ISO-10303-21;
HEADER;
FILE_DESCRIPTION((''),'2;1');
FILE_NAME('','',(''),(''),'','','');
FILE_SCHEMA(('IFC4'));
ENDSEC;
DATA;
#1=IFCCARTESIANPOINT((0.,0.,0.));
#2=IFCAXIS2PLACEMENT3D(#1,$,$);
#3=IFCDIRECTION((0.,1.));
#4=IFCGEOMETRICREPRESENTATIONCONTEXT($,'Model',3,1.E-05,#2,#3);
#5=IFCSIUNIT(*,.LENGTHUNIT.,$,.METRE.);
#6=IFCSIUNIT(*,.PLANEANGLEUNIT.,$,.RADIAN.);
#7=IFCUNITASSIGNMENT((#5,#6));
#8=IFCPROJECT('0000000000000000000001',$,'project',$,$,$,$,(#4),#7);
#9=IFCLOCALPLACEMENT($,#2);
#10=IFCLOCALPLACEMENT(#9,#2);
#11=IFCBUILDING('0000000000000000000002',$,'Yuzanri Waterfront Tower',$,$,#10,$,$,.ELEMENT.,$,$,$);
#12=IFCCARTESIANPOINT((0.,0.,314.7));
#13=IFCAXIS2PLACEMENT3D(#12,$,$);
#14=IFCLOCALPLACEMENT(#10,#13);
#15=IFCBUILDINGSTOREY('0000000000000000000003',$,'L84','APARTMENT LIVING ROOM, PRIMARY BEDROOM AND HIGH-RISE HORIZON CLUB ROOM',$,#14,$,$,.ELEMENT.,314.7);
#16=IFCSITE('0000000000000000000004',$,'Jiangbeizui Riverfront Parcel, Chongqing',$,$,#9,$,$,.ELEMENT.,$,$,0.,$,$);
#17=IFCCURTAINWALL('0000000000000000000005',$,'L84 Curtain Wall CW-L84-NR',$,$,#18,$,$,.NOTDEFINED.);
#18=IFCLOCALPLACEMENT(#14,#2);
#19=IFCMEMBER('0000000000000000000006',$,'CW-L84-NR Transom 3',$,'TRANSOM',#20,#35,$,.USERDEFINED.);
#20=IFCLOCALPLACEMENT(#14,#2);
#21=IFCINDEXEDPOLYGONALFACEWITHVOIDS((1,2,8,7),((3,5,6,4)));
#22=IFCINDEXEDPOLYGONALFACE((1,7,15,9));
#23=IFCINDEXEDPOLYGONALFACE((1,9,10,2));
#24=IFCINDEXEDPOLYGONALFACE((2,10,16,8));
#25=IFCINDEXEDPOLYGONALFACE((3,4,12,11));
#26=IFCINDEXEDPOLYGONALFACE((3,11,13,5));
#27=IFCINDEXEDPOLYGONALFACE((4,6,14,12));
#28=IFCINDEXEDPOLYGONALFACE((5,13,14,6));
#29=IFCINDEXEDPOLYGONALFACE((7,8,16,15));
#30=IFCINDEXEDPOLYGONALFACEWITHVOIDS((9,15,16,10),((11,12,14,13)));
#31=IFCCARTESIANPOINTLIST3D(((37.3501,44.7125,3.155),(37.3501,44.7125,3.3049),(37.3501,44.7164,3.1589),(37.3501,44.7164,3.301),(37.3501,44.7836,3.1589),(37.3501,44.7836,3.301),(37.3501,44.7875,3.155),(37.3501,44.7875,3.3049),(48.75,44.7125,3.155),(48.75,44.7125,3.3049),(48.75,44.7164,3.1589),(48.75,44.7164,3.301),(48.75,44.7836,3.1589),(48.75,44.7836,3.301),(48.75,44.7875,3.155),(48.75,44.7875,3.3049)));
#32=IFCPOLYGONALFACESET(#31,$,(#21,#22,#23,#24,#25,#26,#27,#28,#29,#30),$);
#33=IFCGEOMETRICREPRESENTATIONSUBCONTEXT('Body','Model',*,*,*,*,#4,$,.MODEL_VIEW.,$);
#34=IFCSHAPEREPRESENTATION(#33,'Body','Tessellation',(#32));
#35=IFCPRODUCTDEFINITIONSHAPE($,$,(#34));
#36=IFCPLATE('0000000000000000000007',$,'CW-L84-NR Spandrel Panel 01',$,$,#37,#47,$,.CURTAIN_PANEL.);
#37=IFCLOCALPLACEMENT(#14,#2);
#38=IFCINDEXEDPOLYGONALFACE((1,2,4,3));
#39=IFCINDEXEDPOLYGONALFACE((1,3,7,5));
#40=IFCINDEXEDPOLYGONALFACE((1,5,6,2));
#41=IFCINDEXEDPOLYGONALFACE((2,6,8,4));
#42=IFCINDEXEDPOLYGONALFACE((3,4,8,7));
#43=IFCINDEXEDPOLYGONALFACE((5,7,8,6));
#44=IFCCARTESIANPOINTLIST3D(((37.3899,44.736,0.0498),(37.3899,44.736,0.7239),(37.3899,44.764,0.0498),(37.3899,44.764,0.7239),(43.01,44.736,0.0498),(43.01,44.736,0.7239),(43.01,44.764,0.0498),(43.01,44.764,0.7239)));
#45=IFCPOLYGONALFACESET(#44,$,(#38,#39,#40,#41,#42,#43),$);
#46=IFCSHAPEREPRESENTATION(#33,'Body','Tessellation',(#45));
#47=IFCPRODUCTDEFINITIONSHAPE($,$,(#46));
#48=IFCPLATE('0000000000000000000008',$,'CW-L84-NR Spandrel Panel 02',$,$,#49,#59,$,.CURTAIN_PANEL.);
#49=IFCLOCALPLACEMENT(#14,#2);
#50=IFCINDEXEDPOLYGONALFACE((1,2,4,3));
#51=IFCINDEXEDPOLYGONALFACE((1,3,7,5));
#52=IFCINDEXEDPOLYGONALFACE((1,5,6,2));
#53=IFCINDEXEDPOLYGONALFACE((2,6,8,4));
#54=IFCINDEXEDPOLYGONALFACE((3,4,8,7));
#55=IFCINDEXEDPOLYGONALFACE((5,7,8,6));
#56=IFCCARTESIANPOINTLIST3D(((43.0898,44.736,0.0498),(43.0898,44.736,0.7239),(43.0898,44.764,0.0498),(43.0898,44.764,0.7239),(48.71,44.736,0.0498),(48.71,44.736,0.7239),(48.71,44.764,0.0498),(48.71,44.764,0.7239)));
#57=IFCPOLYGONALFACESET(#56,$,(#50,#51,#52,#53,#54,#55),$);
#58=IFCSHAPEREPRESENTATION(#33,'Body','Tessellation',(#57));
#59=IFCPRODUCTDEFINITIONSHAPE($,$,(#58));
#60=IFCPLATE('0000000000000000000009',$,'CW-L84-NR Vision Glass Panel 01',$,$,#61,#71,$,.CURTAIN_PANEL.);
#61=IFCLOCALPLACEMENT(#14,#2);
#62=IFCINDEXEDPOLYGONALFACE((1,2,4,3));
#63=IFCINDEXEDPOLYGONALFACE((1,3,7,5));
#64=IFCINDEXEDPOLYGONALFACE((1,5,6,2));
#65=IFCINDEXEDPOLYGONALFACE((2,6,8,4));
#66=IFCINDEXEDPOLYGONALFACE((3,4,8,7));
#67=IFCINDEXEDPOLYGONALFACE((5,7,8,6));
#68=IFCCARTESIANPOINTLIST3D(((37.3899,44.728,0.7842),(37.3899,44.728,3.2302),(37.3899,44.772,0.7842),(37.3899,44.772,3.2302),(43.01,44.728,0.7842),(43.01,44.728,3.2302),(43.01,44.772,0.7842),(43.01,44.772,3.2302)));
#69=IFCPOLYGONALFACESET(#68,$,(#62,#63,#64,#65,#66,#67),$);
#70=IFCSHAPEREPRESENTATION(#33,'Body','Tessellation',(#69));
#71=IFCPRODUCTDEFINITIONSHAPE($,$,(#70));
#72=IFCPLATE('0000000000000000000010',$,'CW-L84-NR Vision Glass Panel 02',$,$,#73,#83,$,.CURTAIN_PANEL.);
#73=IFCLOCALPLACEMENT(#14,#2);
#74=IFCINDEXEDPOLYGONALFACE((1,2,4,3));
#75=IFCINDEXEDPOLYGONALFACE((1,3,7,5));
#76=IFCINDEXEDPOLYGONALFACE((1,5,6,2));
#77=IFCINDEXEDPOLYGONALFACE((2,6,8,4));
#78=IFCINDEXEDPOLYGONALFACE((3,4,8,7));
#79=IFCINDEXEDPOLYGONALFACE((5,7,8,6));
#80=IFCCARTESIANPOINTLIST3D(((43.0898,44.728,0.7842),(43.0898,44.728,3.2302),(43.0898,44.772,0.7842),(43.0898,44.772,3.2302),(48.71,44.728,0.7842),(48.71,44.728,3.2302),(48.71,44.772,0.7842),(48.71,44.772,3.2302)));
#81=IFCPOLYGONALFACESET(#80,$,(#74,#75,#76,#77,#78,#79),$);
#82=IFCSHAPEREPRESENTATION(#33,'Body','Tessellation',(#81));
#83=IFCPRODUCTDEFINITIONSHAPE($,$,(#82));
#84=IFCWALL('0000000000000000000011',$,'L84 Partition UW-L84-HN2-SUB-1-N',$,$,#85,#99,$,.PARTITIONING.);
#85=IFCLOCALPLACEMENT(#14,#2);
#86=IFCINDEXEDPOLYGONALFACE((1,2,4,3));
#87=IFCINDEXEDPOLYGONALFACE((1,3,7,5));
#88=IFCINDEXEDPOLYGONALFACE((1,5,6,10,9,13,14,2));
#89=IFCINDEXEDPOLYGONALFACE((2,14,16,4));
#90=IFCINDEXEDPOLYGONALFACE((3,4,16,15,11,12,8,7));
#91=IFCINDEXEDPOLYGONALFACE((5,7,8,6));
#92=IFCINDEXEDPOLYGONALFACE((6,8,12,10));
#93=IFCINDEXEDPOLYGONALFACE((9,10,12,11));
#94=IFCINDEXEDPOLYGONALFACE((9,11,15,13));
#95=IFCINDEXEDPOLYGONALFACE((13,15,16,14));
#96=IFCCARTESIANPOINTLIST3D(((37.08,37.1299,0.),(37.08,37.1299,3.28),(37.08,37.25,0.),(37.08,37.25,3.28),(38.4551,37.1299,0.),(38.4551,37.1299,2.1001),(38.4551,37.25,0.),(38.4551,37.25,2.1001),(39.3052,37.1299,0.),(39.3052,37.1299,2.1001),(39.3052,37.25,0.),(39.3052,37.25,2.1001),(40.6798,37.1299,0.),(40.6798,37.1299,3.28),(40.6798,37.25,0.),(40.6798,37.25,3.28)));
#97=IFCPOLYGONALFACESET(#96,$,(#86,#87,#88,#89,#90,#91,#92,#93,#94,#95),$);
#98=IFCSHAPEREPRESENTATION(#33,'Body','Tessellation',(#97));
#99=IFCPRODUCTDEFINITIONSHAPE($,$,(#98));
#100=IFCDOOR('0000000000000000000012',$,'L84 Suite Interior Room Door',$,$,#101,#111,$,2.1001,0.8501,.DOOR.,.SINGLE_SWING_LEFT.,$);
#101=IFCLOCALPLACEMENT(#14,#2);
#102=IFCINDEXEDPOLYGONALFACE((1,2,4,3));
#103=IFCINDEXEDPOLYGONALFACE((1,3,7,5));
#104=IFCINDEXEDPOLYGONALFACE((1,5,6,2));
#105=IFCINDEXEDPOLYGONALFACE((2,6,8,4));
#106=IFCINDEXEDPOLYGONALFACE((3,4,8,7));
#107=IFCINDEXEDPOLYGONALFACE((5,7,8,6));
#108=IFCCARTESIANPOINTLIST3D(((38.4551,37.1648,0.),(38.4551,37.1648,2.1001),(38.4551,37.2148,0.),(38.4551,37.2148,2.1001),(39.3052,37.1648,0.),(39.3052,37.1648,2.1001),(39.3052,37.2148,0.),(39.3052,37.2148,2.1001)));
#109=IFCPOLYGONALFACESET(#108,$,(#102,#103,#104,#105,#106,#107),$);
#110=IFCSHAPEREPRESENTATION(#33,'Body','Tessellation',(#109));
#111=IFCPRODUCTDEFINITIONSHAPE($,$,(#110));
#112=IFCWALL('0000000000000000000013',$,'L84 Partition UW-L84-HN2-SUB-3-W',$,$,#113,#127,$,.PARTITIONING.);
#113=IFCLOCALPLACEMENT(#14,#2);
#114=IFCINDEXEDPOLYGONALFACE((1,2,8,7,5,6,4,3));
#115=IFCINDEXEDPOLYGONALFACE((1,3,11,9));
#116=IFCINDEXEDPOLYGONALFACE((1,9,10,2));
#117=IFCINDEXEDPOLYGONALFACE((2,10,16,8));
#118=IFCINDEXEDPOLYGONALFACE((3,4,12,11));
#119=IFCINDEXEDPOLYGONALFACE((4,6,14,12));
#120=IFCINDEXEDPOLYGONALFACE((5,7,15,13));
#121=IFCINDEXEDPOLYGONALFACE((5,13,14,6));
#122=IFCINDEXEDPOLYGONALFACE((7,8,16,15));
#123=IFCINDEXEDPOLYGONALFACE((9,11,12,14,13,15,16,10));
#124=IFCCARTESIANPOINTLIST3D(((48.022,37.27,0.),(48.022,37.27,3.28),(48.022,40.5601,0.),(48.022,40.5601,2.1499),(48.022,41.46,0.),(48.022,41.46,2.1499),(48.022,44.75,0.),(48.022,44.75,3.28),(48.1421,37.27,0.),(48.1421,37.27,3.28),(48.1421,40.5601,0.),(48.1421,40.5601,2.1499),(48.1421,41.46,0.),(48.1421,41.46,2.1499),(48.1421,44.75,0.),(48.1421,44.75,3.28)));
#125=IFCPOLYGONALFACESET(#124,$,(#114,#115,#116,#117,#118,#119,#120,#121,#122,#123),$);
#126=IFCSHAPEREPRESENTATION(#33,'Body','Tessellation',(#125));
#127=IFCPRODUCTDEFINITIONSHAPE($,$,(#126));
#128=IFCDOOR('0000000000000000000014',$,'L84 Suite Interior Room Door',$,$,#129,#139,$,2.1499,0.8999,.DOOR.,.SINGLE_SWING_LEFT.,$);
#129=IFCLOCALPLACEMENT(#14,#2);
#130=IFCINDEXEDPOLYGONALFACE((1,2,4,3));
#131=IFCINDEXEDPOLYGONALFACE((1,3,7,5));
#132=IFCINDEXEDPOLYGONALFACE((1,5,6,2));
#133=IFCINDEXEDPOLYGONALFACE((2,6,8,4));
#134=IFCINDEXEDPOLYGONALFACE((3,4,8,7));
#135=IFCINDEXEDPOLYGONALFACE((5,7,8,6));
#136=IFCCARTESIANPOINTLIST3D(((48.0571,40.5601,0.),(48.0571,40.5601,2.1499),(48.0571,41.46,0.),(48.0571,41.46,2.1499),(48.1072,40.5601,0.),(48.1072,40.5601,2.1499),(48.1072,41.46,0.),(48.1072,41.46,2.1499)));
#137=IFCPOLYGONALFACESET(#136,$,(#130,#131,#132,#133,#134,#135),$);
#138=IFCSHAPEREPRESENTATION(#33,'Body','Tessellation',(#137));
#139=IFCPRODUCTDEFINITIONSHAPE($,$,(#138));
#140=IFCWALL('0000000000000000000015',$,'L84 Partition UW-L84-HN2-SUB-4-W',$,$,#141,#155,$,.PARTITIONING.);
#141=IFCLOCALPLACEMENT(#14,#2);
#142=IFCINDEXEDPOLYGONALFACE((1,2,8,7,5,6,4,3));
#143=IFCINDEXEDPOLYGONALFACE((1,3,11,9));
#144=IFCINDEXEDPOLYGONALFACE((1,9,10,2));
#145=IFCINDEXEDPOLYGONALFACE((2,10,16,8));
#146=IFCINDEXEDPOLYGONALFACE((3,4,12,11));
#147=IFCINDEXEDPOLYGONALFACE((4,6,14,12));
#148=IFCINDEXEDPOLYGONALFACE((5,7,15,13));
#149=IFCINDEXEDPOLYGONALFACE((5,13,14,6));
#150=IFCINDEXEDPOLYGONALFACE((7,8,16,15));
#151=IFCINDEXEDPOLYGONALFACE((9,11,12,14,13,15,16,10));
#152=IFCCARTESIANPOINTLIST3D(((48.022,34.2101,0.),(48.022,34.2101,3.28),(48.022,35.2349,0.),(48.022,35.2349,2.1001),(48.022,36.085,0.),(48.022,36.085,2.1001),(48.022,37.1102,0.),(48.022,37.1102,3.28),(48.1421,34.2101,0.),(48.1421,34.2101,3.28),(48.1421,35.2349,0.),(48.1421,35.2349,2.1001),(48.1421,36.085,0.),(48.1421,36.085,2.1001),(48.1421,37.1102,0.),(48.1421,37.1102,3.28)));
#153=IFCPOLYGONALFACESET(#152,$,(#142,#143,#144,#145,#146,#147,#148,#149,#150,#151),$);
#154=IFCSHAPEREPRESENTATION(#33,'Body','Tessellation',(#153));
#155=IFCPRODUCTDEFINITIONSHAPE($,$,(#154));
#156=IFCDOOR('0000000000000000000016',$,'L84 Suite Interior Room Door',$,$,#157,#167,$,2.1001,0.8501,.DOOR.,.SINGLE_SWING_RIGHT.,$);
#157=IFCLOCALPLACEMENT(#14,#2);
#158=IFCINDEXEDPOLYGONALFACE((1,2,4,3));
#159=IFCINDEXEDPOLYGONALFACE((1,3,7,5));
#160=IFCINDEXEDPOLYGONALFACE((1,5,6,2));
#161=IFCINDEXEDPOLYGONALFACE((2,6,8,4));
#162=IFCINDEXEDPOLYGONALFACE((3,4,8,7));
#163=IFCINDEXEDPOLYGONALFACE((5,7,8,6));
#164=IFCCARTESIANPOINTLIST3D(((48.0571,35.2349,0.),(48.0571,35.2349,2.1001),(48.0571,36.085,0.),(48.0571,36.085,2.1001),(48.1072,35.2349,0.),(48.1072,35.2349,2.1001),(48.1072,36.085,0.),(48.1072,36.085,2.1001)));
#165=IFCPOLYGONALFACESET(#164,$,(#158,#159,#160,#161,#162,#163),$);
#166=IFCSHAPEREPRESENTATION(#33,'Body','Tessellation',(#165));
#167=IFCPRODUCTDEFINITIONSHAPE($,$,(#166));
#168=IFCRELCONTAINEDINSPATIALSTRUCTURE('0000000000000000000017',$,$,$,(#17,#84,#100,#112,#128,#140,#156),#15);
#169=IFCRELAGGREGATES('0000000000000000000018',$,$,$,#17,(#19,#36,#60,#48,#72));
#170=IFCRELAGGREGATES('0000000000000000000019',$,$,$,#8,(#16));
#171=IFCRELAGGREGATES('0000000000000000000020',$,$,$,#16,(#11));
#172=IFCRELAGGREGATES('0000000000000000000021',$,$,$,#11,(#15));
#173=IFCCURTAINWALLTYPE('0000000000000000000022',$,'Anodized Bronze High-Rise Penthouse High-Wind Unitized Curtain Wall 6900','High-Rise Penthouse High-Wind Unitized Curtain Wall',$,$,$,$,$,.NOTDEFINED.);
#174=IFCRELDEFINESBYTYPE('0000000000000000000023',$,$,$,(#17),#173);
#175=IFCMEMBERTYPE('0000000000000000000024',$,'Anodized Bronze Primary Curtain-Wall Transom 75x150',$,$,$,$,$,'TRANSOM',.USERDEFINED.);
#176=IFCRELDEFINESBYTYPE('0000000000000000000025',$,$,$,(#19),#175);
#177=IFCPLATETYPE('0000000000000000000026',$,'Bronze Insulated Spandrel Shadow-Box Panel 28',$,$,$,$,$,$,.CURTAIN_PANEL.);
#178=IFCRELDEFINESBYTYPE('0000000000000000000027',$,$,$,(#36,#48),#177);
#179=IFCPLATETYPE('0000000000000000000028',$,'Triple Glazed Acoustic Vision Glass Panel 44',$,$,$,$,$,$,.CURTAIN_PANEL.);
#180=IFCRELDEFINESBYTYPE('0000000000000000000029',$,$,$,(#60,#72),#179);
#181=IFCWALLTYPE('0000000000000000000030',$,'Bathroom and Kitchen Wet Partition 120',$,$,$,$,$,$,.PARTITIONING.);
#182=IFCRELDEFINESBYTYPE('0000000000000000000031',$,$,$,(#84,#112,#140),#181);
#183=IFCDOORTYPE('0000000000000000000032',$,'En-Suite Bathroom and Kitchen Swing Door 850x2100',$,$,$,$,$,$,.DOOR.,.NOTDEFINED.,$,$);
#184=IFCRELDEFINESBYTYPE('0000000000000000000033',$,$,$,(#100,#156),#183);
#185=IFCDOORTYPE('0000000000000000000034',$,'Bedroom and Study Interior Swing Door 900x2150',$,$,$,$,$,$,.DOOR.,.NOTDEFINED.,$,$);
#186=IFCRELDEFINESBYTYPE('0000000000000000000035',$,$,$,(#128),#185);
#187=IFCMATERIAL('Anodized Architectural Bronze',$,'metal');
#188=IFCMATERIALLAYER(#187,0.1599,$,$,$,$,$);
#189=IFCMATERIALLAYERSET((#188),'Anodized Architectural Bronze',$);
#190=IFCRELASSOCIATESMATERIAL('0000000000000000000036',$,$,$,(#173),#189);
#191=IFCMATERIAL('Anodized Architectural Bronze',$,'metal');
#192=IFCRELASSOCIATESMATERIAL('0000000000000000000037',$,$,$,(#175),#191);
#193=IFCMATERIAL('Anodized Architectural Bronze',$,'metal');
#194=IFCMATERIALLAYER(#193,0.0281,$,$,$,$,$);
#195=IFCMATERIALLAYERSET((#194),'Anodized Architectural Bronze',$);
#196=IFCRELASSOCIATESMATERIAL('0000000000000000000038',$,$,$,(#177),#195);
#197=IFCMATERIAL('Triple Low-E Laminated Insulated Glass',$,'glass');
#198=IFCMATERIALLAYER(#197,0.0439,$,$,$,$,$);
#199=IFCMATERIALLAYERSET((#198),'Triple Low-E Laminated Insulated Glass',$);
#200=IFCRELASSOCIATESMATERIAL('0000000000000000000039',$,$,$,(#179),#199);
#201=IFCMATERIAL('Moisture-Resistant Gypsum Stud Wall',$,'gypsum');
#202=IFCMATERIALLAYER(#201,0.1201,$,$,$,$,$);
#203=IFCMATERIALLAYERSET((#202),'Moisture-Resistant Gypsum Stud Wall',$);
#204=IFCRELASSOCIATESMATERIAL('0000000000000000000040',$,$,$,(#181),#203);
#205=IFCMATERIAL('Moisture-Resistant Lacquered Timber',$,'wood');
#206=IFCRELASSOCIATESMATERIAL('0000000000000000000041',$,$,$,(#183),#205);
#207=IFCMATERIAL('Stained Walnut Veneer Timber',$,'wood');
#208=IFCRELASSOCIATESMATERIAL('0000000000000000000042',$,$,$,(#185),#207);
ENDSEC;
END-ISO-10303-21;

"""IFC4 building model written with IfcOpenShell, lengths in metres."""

from ifc_helpers import new_model, si_unit, direction, frame, frame_2d, origin, origin_2d, place, context, subcontext, project, spatial, rectangle, hollow_rectangle, extrude, source, transform, mapped, material, layer, layer_set, material_profile, profile_set, type_object, element, fill, aggregate, save


model = new_model("IFC4")

# Units and contexts
model_context = context("Model", 3, precision=1e-05, world=origin(), true_north=direction((0.0, 1.0)))
body_context = subcontext(model_context, "Body", "Model", "MODEL_VIEW")
ifc_project = project(units=[si_unit("LENGTHUNIT", "METRE"), si_unit("PLANEANGLEUNIT", "RADIAN")], contexts=[model_context])

# Site, building, storey
site_placement = place(None, origin())
site = spatial("IfcSite", under=ifc_project, at=site_placement, Name="Jiangbeizui Riverfront Parcel, Chongqing", CompositionType="ELEMENT", RefElevation=0.0)
building_placement = place(site_placement, origin())
building = spatial("IfcBuilding", under=site, at=building_placement, Name="Yuzanri Waterfront Tower", CompositionType="ELEMENT")
storey_placement = place(building_placement, frame((0.0, 0.0, 314.7)))
storey = spatial("IfcBuildingStorey", under=building, at=storey_placement, Name="L84", Description="APARTMENT LIVING ROOM, PRIMARY BEDROOM AND HIGH-RISE HORIZON CLUB ROOM", CompositionType="ELEMENT", Elevation=314.7)

# Curtain wall, member, plates
ifc_material_1 = material(Name="Anodized Architectural Bronze", Category="metal")
ifc_layer_1 = layer(ifc_material_1, 0.1599)
ifc_layer_set_1 = layer_set([ifc_layer_1], Name="Anodized Architectural Bronze")
curtain_wall_type = type_object("IfcCurtainWallType", Name="Anodized Bronze High-Rise Penthouse High-Wind Unitized Curtain Wall 6900", Description="High-Rise Penthouse High-Wind Unitized Curtain Wall", PredefinedType="NOTDEFINED", material=ifc_layer_set_1)
curtain_wall_placement = place(storey_placement, origin())
curtain_wall = element("IfcCurtainWall", 1, at=curtain_wall_placement, inside=storey, type_object=curtain_wall_type, Name="L84 Curtain Wall CW-L84-NR", PredefinedType="NOTDEFINED")
ifc_material_2 = material(Name="Anodized Architectural Bronze", Category="metal")
ifc_material_profile_1 = material_profile(ifc_material_2, hollow_rectangle(XDim=0.075, YDim=0.1499, WallThickness=0.0039, at=origin_2d()), Name="CWT 75x150")
ifc_profile_set_1 = profile_set([ifc_material_profile_1], Name="Anodized Architectural Bronze")
member_type_1 = type_object("IfcMemberType", Name="Anodized Bronze Primary Curtain-Wall Transom 75x150", ElementType="TRANSOM", PredefinedType="USERDEFINED", material=ifc_profile_set_1)
shared_shape_1 = source(origin(), body_context, "Body", "SweptSolid", [
    extrude(hollow_rectangle(XDim=0.075, YDim=0.1499, WallThickness=0.0039, at=origin_2d()), origin(), (0.0, 0.0, 1.0), 11.3999),
])
member_1_placement = place(storey_placement, frame((37.3501, 44.75, 3.23), z_axis=(1.0, 0.0, 0.0), x_axis=(0.0, 1.0, 0.0)))
member_1 = element("IfcMember", 2, at=member_1_placement, type_object=member_type_1, Name="CW-L84-NR Transom 3", ObjectType="TRANSOM", PredefinedType="USERDEFINED", context=body_context, shape_type="MappedRepresentation", body=[
    mapped(shared_shape_1, transform((0.0, 0.0, 0.0), scale=1.0)),
])
ifc_material_3 = material(Name="Anodized Architectural Bronze", Category="metal")
ifc_layer_2 = layer(ifc_material_3, 0.0281)
ifc_layer_set_2 = layer_set([ifc_layer_2], Name="Anodized Architectural Bronze")
plate_type_1 = type_object("IfcPlateType", Name="Bronze Insulated Spandrel Shadow-Box Panel 28", PredefinedType="CURTAIN_PANEL", material=ifc_layer_set_2)
shared_shape_2 = source(origin(), body_context, "Body", "SweptSolid", [
    extrude(rectangle(XDim=5.6201, YDim=0.0281, at=origin_2d()), origin(), (0.0, 0.0, 1.0), 0.6741),
])
plate_1_placement = place(storey_placement, frame((40.2, 44.75, 0.0498), z_axis=(0.0, 0.0, 1.0), x_axis=(1.0, 0.0, 0.0)))
plate_1 = element("IfcPlate", 3, at=plate_1_placement, type_object=plate_type_1, Name="CW-L84-NR Spandrel Panel 01", PredefinedType="CURTAIN_PANEL", context=body_context, shape_type="MappedRepresentation", body=[
    mapped(shared_shape_2, transform((0.0, 0.0, 0.0), scale=1.0)),
])
plate_2_placement = place(storey_placement, frame((45.8999, 44.75, 0.0498), z_axis=(0.0, 0.0, 1.0), x_axis=(1.0, 0.0, 0.0)))
plate_2 = element("IfcPlate", 4, at=plate_2_placement, type_object=plate_type_1, Name="CW-L84-NR Spandrel Panel 02", PredefinedType="CURTAIN_PANEL", context=body_context, shape_type="MappedRepresentation", body=[
    mapped(shared_shape_2, transform((0.0, 0.0, 0.0), scale=1.0)),
])
ifc_material_4 = material(Name="Triple Low-E Laminated Insulated Glass", Category="glass")
ifc_layer_3 = layer(ifc_material_4, 0.0439)
ifc_layer_set_3 = layer_set([ifc_layer_3], Name="Triple Low-E Laminated Insulated Glass")
plate_type_2 = type_object("IfcPlateType", Name="Triple Glazed Acoustic Vision Glass Panel 44", PredefinedType="CURTAIN_PANEL", material=ifc_layer_set_3)
shared_shape_3 = source(origin(), body_context, "Body", "SweptSolid", [
    extrude(rectangle(XDim=5.6201, YDim=0.0439, at=origin_2d()), origin(), (0.0, 0.0, 1.0), 2.446),
])
plate_3_placement = place(storey_placement, frame((40.2, 44.75, 0.7842), z_axis=(0.0, 0.0, 1.0), x_axis=(1.0, 0.0, 0.0)))
plate_3 = element("IfcPlate", 5, at=plate_3_placement, type_object=plate_type_2, Name="CW-L84-NR Vision Glass Panel 01", PredefinedType="CURTAIN_PANEL", context=body_context, shape_type="MappedRepresentation", body=[
    mapped(shared_shape_3, transform((0.0, 0.0, 0.0), scale=1.0)),
])
plate_4_placement = place(storey_placement, frame((45.8999, 44.75, 0.7842), z_axis=(0.0, 0.0, 1.0), x_axis=(1.0, 0.0, 0.0)))
plate_4 = element("IfcPlate", 6, at=plate_4_placement, type_object=plate_type_2, Name="CW-L84-NR Vision Glass Panel 02", PredefinedType="CURTAIN_PANEL", context=body_context, shape_type="MappedRepresentation", body=[
    mapped(shared_shape_3, transform((0.0, 0.0, 0.0), scale=1.0)),
])
aggregate(curtain_wall, [member_1, plate_1, plate_3, plate_2, plate_4])

# Walls, openings, doors
ifc_material_5 = material(Name="Moisture-Resistant Gypsum Stud Wall", Category="gypsum")
ifc_layer_4 = layer(ifc_material_5, 0.1201)
ifc_layer_set_4 = layer_set([ifc_layer_4], Name="Moisture-Resistant Gypsum Stud Wall")
wall_type = type_object("IfcWallType", Name="Bathroom and Kitchen Wet Partition 120", PredefinedType="PARTITIONING", material=ifc_layer_set_4)
wall_1_placement = place(storey_placement, frame((37.0801, 37.1899, 0.0), z_axis=(0.0, 0.0, 1.0), x_axis=(1.0, 0.0, 0.0)))
wall_1 = element("IfcWall", 7, at=wall_1_placement, inside=storey, type_object=wall_type, Name="L84 Partition UW-L84-HN2-SUB-1-N", PredefinedType="PARTITIONING", context=body_context, shape_type="SweptSolid", body=[
    extrude(rectangle(XDim=3.5999, YDim=0.1201, at=frame_2d((1.7998, 0.0))), origin(), (0.0, 0.0, 1.0), 3.28),
])
opening_1_placement = place(wall_1_placement, frame((1.375, 0.0, 0.0)))
opening_1 = element("IfcOpeningElement", 8, at=opening_1_placement, cuts=wall_1, PredefinedType="OPENING", context=body_context, shape_type="SweptSolid", body=[
    extrude(rectangle(XDim=0.8501, YDim=2.1001, at=frame_2d((0.425, 1.05))), frame((0.0, 0.075, 0.0), z_axis=(0.0, -1.0, 0.0), x_axis=(1.0, 0.0, 0.0)), (0.0, 0.0, 1.0), 0.1499),
])
ifc_material_6 = material(Name="Moisture-Resistant Lacquered Timber", Category="wood")
door_type_1 = type_object("IfcDoorType", Name="En-Suite Bathroom and Kitchen Swing Door 850x2100", OperationType="NOTDEFINED", PredefinedType="DOOR", material=ifc_material_6)
shared_shape_4 = source(origin(), body_context, "Body", "SweptSolid", [
    extrude(rectangle(XDim=0.8501, YDim=2.1001, at=frame_2d((0.425, 1.05))), frame((0.0, 0.0249, 0.0), z_axis=(0.0, -1.0, 0.0), x_axis=(1.0, 0.0, 0.0)), (0.0, 0.0, 1.0), 0.05),
])
door_1_placement = place(opening_1_placement, origin())
door_1 = element("IfcDoor", 9, at=door_1_placement, inside=storey, type_object=door_type_1, Name="L84 Suite Interior Room Door", OperationType="SINGLE_SWING_LEFT", OverallHeight=2.1001, OverallWidth=0.8501, PredefinedType="DOOR", context=body_context, shape_type="MappedRepresentation", body=[
    mapped(shared_shape_4, transform((0.0, 0.0, 0.0), scale=1.0)),
])
fill(opening_1, door_1)
wall_2_placement = place(storey_placement, frame((48.082, 37.27, 0.0), z_axis=(0.0, 0.0, 1.0), x_axis=(0.0, 1.0, 0.0)))
wall_2 = element("IfcWall", 10, at=wall_2_placement, inside=storey, type_object=wall_type, Name="L84 Partition UW-L84-HN2-SUB-3-W", PredefinedType="PARTITIONING", context=body_context, shape_type="SweptSolid", body=[
    extrude(rectangle(XDim=7.48, YDim=0.1201, at=frame_2d((3.74, 0.0))), origin(), (0.0, 0.0, 1.0), 3.28),
])
opening_2_placement = place(wall_2_placement, frame((3.29, 0.0, 0.0)))
opening_2 = element("IfcOpeningElement", 11, at=opening_2_placement, cuts=wall_2, PredefinedType="OPENING", context=body_context, shape_type="SweptSolid", body=[
    extrude(rectangle(XDim=0.8999, YDim=2.1499, at=frame_2d((0.45, 1.075))), frame((0.0, 0.075, 0.0), z_axis=(0.0, -1.0, 0.0), x_axis=(1.0, 0.0, 0.0)), (0.0, 0.0, 1.0), 0.1499),
])
ifc_material_7 = material(Name="Stained Walnut Veneer Timber", Category="wood")
door_type_2 = type_object("IfcDoorType", Name="Bedroom and Study Interior Swing Door 900x2150", OperationType="NOTDEFINED", PredefinedType="DOOR", material=ifc_material_7)
shared_shape_5 = source(origin(), body_context, "Body", "SweptSolid", [
    extrude(rectangle(XDim=0.8999, YDim=2.1499, at=frame_2d((0.45, 1.075))), frame((0.0, 0.0249, 0.0), z_axis=(0.0, -1.0, 0.0), x_axis=(1.0, 0.0, 0.0)), (0.0, 0.0, 1.0), 0.05),
])
door_2_placement = place(opening_2_placement, origin())
door_2 = element("IfcDoor", 12, at=door_2_placement, inside=storey, type_object=door_type_2, Name="L84 Suite Interior Room Door", OperationType="SINGLE_SWING_LEFT", OverallHeight=2.1499, OverallWidth=0.8999, PredefinedType="DOOR", context=body_context, shape_type="MappedRepresentation", body=[
    mapped(shared_shape_5, transform((0.0, 0.0, 0.0), scale=1.0)),
])
fill(opening_2, door_2)
wall_3_placement = place(storey_placement, frame((48.082, 34.21, 0.0), z_axis=(0.0, 0.0, 1.0), x_axis=(0.0, 1.0, 0.0)))
wall_3 = element("IfcWall", 13, at=wall_3_placement, inside=storey, type_object=wall_type, Name="L84 Partition UW-L84-HN2-SUB-4-W", PredefinedType="PARTITIONING", context=body_context, shape_type="SweptSolid", body=[
    extrude(rectangle(XDim=2.9001, YDim=0.1201, at=frame_2d((1.4502, 0.0))), origin(), (0.0, 0.0, 1.0), 3.28),
])
opening_3_placement = place(wall_3_placement, frame((1.0249, 0.0, 0.0)))
opening_3 = element("IfcOpeningElement", 14, at=opening_3_placement, cuts=wall_3, PredefinedType="OPENING", context=body_context, shape_type="SweptSolid", body=[
    extrude(rectangle(XDim=0.8501, YDim=2.1001, at=frame_2d((0.425, 1.05))), frame((0.0, 0.075, 0.0), z_axis=(0.0, -1.0, 0.0), x_axis=(1.0, 0.0, 0.0)), (0.0, 0.0, 1.0), 0.1499),
])
door_3_placement = place(opening_3_placement, origin())
door_3 = element("IfcDoor", 15, at=door_3_placement, inside=storey, type_object=door_type_1, Name="L84 Suite Interior Room Door", OperationType="SINGLE_SWING_RIGHT", OverallHeight=2.1001, OverallWidth=0.8501, PredefinedType="DOOR", context=body_context, shape_type="MappedRepresentation", body=[
    mapped(shared_shape_4, transform((0.0, 0.0, 0.0), scale=1.0)),
])
fill(opening_3, door_3)

save(model, "model.ifc")
